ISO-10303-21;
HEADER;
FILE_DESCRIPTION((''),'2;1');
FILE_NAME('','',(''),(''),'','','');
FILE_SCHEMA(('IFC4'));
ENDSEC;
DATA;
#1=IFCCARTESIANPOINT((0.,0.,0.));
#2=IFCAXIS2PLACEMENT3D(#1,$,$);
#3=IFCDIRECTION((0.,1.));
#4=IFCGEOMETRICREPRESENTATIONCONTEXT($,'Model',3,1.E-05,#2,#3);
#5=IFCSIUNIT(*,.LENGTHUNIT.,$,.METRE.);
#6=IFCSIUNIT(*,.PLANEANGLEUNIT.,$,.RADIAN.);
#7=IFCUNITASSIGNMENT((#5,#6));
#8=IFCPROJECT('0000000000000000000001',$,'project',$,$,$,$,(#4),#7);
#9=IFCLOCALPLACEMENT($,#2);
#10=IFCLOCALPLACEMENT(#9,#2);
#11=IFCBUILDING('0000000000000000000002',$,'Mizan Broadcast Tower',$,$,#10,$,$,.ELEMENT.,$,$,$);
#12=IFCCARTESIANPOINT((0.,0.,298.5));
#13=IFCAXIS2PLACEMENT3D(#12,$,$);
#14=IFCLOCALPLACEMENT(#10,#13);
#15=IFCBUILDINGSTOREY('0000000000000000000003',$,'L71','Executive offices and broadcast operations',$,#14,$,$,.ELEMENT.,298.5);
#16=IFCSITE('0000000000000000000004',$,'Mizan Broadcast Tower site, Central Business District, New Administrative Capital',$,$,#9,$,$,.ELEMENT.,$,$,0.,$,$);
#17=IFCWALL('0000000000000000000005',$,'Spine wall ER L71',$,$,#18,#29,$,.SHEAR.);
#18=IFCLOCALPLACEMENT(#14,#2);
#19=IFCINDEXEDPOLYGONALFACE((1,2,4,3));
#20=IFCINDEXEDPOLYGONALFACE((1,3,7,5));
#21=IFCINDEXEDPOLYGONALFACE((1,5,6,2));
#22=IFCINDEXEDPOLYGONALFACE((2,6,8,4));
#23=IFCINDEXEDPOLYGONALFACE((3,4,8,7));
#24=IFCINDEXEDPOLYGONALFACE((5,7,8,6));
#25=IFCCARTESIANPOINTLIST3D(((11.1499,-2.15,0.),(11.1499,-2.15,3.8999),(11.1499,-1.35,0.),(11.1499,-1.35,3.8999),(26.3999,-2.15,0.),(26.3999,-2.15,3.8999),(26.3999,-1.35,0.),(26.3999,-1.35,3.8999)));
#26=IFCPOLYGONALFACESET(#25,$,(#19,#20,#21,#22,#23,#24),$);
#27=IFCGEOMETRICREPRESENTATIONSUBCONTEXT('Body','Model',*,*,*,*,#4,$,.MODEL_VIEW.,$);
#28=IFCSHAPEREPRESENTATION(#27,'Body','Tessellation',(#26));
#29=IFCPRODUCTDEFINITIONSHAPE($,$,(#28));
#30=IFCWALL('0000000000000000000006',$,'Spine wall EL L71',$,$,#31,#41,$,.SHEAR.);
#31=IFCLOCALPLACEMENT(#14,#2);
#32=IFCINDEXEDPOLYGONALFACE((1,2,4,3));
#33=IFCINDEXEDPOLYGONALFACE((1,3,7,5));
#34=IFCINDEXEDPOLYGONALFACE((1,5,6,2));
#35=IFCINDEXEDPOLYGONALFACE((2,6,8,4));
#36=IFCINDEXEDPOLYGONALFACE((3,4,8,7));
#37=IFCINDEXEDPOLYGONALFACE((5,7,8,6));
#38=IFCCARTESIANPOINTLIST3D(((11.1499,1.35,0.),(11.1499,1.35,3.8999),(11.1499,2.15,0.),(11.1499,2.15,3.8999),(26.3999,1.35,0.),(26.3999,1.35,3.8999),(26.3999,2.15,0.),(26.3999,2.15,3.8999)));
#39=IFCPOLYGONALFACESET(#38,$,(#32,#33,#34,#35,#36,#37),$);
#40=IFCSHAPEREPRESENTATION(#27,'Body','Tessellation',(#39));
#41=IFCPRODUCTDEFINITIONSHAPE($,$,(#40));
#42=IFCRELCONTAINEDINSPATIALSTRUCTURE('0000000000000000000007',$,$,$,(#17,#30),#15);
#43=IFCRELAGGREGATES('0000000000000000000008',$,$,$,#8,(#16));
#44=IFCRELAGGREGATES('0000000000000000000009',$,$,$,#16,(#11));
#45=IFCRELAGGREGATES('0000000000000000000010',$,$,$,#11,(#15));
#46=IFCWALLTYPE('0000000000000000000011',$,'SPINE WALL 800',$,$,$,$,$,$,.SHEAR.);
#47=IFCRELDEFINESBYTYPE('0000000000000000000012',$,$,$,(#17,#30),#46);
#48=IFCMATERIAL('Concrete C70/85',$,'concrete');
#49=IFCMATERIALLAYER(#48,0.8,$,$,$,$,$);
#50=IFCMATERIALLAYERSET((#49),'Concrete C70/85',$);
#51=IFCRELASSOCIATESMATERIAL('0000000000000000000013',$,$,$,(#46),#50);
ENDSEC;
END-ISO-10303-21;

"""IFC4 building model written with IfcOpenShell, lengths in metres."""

from ifc_helpers import new_model, si_unit, direction, frame, frame_2d, origin, place, context, subcontext, project, spatial, rectangle, extrude, material, layer, layer_set, type_object, element, save


model = new_model("IFC4")

# Units and contexts
model_context = context("Model", 3, precision=1e-05, world=origin(), true_north=direction((0.0, 1.0)))
body_context = subcontext(model_context, "Body", "Model", "MODEL_VIEW")
ifc_project = project(units=[si_unit("LENGTHUNIT", "METRE"), si_unit("PLANEANGLEUNIT", "RADIAN")], contexts=[model_context])

# Site, building, storey
site_placement = place(None, origin())
site = spatial("IfcSite", under=ifc_project, at=site_placement, Name="Mizan Broadcast Tower site, Central Business District, New Administrative Capital", CompositionType="ELEMENT", RefElevation=0.0)
building_placement = place(site_placement, origin())
building = spatial("IfcBuilding", under=site, at=building_placement, Name="Mizan Broadcast Tower", CompositionType="ELEMENT")
storey_placement = place(building_placement, frame((0.0, 0.0, 298.5)))
storey = spatial("IfcBuildingStorey", under=building, at=storey_placement, Name="L71", Description="Executive offices and broadcast operations", CompositionType="ELEMENT", Elevation=298.5)

# Walls
ifc_material_1 = material(Name="Concrete C70/85", Category="concrete")
ifc_layer_1 = layer(ifc_material_1, 0.8)
ifc_layer_set_1 = layer_set([ifc_layer_1], Name="Concrete C70/85")
wall_type_1 = type_object("IfcWallType", Name="SPINE WALL 800", PredefinedType="SHEAR", material=ifc_layer_set_1)
for number, where, z_axis, x_axis, name in (
    (1, (11.1499, -1.75, 0.0), (0.0, 0.0, 1.0), (1.0, 0.0, 0.0), "Spine wall ER L71"),
    (2, (11.1499, 1.75, 0.0), (0.0, 0.0, 1.0), (1.0, 0.0, 0.0), "Spine wall EL L71"),
):
    element("IfcWall", number, at=place(storey_placement, frame(where, z_axis=z_axis, x_axis=x_axis)), inside=storey, type_object=wall_type_1, Name=name, PredefinedType="SHEAR", context=body_context, shape_type="SweptSolid", body=[
        extrude(rectangle(XDim=15.25, YDim=0.8, at=frame_2d((7.625, 0.0))), origin(), (0.0, 0.0, 1.0), 3.8999),
    ])

save(model, "model.ifc")
